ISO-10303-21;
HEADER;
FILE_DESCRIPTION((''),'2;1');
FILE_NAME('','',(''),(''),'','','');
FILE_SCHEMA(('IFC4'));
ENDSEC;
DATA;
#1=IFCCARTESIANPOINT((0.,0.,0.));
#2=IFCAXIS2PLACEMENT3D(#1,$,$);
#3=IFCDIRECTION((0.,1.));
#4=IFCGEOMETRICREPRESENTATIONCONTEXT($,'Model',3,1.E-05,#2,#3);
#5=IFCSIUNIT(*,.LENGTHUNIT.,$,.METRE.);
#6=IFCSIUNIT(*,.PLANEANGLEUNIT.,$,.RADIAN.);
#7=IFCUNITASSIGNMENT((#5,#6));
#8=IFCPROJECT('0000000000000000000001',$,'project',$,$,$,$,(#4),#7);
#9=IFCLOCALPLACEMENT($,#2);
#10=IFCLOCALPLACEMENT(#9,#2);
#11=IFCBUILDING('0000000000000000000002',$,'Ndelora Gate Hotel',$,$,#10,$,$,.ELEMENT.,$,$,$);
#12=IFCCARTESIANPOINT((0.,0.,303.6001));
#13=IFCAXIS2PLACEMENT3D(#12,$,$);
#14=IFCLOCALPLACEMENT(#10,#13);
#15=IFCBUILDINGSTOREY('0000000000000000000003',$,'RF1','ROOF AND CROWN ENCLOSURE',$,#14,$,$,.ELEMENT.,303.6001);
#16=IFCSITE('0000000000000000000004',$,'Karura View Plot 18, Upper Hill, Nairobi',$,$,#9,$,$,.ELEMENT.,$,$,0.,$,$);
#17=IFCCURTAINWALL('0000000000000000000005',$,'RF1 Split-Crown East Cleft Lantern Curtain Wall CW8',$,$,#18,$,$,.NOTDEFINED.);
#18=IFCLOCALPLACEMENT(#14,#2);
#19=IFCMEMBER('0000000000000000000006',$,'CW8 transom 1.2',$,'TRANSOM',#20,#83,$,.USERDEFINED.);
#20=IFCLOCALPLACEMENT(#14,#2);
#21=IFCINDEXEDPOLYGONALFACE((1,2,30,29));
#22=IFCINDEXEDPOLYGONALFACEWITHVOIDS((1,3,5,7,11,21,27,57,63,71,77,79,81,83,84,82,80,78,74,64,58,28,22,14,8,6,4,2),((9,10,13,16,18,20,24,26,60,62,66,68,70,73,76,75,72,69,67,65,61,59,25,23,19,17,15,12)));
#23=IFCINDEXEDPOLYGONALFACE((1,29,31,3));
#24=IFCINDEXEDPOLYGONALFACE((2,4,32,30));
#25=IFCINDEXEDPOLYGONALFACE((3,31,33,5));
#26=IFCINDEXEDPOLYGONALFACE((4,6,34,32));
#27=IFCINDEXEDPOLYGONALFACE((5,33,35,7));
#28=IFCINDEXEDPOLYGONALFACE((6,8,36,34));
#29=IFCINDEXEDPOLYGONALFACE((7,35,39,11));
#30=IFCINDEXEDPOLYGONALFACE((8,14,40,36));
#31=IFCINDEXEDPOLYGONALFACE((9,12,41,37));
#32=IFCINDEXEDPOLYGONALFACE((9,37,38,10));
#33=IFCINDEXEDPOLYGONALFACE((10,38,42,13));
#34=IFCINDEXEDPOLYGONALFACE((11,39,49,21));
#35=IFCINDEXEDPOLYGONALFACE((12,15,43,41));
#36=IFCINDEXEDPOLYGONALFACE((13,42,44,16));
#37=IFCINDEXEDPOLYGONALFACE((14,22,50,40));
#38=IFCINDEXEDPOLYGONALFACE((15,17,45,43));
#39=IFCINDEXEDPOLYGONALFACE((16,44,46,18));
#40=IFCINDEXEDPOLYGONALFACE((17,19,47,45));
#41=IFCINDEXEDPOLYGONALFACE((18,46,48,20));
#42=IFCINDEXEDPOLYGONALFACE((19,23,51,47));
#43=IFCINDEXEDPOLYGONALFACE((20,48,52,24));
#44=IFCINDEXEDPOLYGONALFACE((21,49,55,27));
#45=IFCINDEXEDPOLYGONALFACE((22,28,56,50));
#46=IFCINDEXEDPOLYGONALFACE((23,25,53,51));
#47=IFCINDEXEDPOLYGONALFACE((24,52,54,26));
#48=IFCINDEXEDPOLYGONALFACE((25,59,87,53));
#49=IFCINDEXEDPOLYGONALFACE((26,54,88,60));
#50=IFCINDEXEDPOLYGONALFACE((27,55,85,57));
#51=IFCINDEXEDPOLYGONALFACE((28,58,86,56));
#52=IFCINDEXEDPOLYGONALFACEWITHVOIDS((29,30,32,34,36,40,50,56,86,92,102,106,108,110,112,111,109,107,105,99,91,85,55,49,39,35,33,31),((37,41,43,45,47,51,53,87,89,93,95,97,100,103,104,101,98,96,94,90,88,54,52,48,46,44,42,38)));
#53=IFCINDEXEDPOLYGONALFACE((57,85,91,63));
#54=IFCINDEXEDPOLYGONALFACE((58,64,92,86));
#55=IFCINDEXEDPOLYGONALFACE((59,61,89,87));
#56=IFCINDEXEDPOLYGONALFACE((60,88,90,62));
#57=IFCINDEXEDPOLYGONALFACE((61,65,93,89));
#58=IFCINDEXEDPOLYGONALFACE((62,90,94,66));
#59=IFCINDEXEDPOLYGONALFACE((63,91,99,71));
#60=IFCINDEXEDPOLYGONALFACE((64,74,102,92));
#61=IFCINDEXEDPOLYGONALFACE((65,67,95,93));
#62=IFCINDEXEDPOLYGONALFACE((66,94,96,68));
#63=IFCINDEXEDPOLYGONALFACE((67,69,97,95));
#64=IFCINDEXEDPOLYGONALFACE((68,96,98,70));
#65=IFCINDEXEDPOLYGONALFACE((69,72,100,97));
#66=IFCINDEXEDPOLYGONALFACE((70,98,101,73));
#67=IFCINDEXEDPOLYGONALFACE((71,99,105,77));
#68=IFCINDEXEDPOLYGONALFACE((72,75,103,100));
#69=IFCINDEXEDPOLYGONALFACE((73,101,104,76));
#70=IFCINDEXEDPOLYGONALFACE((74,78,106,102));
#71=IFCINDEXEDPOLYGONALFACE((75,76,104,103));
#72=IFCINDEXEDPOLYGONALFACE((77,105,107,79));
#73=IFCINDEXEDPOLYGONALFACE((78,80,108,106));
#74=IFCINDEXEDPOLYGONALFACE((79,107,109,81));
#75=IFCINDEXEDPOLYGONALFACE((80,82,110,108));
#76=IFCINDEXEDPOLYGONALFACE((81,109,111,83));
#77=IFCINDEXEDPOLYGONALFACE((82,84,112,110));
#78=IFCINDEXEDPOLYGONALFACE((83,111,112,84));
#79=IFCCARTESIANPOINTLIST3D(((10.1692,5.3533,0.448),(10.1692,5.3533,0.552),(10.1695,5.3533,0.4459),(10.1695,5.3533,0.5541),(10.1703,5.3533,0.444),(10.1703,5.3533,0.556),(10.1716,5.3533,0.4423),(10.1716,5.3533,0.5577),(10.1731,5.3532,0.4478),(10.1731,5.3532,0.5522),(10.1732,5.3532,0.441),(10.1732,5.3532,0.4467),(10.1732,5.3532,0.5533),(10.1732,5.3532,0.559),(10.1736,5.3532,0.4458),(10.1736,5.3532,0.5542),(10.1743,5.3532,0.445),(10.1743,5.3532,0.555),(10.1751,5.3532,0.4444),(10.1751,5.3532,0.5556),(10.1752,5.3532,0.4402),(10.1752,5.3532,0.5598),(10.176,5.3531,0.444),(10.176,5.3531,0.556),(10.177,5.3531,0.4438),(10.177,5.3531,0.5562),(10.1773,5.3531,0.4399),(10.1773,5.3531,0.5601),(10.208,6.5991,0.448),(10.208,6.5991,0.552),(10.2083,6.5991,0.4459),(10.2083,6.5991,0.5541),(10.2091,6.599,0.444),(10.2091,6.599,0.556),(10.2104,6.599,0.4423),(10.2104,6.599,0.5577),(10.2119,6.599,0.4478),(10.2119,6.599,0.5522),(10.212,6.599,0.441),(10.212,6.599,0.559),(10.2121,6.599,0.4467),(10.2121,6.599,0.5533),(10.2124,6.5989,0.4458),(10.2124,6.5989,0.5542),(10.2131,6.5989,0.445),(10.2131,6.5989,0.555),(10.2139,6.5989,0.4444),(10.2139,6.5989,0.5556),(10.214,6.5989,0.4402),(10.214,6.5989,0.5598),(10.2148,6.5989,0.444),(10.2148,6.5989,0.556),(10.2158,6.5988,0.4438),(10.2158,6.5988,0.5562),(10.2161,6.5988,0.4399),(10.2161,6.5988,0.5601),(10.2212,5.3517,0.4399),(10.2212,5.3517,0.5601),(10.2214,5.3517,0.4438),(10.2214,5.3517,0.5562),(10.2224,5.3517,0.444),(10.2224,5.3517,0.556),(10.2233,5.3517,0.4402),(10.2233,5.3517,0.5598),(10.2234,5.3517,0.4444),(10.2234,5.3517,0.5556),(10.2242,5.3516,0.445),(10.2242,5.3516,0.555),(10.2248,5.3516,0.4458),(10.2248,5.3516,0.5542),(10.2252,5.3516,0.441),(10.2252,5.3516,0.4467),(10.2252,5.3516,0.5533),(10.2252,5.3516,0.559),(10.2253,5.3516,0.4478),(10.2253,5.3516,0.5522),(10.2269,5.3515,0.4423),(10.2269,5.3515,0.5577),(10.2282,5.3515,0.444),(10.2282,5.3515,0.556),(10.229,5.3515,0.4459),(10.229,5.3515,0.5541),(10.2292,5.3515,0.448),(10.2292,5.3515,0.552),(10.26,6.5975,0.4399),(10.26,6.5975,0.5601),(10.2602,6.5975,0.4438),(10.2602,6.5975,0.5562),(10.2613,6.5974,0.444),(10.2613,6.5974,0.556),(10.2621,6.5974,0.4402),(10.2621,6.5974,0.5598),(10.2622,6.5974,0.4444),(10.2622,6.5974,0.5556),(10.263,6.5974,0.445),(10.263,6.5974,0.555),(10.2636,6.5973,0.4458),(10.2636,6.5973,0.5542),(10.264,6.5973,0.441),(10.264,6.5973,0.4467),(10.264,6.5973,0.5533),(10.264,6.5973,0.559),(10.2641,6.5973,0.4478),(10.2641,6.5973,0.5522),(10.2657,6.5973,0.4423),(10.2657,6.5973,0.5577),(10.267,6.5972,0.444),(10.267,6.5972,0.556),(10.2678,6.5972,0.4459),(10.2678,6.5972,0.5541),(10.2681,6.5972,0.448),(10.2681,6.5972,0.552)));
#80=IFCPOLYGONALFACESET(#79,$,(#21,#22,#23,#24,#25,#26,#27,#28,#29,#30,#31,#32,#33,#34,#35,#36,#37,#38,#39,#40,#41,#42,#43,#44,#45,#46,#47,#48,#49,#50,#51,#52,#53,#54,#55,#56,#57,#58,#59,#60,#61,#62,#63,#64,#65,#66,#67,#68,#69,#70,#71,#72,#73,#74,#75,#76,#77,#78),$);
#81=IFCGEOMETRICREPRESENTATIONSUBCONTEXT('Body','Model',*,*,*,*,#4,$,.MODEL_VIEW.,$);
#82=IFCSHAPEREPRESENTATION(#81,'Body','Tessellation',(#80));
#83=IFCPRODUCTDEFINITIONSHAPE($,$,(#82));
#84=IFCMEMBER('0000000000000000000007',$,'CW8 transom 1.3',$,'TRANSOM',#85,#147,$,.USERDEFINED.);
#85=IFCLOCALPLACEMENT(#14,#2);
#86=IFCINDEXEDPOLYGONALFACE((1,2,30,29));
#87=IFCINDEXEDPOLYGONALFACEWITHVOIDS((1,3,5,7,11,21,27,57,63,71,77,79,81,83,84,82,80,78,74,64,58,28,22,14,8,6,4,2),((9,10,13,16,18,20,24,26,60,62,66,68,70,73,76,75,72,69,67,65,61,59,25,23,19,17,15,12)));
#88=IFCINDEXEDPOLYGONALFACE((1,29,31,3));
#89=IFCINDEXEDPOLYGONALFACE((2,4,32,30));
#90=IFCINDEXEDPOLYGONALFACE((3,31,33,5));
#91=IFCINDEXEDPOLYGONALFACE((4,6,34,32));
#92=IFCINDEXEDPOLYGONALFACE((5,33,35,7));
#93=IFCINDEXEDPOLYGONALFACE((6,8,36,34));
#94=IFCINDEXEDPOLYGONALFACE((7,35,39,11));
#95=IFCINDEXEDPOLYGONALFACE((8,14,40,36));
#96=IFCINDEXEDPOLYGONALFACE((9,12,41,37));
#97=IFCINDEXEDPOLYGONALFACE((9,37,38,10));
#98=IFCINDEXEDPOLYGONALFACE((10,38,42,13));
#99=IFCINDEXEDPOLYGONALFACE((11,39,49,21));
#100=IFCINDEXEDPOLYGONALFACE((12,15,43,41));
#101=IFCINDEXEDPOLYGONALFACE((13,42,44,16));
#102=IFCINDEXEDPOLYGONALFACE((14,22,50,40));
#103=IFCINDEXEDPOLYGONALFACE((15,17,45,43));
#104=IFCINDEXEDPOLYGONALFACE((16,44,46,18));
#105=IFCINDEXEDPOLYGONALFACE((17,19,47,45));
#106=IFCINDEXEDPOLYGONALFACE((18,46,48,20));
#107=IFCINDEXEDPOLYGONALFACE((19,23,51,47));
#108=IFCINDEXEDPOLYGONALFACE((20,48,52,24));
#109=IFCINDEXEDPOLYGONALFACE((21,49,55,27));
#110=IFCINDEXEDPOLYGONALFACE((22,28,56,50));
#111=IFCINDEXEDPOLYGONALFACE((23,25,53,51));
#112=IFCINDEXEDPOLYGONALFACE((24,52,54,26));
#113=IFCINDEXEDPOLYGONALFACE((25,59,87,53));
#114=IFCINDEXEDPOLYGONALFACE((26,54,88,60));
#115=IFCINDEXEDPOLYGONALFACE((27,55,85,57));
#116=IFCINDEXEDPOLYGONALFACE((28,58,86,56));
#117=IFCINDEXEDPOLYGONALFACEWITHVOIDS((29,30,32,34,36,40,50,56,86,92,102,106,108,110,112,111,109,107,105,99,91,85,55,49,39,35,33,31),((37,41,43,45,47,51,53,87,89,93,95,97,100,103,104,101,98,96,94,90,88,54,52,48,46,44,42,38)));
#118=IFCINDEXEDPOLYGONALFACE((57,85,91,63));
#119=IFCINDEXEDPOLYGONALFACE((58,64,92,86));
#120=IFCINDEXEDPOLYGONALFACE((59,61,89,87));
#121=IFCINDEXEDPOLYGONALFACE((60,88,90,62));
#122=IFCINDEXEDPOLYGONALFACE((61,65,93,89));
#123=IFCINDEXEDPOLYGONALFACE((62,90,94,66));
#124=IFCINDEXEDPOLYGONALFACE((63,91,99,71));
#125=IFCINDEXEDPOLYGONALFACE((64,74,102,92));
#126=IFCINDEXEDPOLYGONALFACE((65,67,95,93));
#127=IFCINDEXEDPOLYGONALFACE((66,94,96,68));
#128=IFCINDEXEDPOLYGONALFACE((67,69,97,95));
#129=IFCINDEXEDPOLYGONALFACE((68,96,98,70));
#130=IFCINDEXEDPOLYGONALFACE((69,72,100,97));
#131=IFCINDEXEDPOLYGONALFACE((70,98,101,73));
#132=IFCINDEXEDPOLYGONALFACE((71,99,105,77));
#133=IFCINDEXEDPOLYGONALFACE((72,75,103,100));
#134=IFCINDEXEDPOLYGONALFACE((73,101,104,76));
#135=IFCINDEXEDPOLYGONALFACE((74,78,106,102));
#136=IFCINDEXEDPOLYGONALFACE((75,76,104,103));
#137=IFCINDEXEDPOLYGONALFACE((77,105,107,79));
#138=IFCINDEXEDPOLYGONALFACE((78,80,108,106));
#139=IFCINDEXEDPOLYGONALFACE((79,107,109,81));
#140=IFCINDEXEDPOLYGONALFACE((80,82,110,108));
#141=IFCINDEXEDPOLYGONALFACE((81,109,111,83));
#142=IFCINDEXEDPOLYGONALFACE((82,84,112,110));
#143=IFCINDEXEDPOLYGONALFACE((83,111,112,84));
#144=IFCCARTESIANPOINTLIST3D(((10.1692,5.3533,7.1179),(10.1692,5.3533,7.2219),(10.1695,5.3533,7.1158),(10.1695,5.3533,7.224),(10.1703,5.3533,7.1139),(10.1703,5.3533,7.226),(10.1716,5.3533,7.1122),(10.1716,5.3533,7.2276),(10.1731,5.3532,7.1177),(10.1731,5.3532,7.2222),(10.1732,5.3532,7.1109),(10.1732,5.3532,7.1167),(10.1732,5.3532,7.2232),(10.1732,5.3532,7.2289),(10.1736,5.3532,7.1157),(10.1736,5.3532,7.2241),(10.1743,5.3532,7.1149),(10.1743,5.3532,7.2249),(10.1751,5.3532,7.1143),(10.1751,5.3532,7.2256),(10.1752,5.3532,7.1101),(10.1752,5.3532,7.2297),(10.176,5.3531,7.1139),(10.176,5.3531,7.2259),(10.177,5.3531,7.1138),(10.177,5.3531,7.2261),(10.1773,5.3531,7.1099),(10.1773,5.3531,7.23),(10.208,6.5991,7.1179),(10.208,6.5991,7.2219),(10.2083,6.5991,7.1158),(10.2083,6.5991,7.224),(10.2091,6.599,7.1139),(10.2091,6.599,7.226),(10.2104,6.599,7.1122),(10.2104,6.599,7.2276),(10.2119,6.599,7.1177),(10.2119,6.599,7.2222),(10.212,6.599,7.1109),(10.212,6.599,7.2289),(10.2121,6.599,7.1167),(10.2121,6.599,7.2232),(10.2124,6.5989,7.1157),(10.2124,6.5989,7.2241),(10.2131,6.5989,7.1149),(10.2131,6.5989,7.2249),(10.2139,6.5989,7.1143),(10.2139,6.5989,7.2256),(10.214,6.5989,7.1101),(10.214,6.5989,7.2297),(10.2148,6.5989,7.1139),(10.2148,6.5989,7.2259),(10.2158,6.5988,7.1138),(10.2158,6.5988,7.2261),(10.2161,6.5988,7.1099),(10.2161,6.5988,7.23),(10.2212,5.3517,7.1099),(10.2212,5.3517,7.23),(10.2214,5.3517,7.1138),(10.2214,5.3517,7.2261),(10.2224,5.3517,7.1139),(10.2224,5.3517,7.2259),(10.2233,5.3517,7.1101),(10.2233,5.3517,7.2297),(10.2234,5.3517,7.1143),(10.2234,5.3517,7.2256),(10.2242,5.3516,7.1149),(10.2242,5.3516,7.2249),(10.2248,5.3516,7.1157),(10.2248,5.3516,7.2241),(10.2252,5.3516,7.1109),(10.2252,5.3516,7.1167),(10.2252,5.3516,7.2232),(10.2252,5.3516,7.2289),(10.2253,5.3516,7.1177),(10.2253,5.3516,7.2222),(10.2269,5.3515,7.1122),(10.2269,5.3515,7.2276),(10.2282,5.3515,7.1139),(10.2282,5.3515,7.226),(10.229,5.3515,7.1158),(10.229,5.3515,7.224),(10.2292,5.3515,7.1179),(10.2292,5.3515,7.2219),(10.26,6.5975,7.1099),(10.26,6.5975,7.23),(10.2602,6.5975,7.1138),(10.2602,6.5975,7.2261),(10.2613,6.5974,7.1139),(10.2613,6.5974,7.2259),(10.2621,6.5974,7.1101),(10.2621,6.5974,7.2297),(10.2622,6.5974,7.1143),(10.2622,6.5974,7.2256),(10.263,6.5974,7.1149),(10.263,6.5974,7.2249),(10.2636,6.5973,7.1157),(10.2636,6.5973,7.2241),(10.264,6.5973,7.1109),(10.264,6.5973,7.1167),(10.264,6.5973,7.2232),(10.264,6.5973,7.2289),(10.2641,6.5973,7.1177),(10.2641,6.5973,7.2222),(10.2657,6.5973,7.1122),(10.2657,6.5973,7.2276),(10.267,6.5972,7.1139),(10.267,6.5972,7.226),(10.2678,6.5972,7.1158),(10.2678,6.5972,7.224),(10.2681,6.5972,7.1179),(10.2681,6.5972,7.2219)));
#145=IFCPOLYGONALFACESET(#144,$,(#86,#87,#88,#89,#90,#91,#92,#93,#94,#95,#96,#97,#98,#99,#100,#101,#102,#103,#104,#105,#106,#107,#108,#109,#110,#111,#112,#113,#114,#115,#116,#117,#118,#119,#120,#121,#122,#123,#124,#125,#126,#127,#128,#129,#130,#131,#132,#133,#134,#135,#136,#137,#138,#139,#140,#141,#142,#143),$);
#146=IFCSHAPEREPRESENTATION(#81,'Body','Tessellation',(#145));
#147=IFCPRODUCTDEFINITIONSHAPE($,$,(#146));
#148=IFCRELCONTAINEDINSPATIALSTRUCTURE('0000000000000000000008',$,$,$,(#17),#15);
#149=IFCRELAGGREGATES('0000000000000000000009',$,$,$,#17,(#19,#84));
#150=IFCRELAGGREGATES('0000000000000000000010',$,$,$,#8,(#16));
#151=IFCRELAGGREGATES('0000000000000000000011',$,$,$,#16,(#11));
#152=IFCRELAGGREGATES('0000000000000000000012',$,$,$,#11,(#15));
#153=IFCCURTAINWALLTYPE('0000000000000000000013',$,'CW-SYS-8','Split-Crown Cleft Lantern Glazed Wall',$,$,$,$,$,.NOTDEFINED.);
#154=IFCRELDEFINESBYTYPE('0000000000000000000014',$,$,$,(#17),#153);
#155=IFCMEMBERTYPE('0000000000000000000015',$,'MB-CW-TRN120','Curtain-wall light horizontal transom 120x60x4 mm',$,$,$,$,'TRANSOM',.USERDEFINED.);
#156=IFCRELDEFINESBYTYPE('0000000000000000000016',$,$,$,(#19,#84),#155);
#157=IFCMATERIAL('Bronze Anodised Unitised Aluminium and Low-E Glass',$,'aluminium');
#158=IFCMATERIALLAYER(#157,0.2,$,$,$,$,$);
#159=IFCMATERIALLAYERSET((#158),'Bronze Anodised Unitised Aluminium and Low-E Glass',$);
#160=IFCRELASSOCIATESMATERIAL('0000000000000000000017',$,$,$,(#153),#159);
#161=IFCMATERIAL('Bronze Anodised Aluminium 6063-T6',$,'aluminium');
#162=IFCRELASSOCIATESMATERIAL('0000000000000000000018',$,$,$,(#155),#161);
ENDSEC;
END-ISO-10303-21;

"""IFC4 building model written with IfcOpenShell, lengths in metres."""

from ifc_helpers import new_model, si_unit, direction, frame, origin, origin_2d, place, context, subcontext, project, spatial, hollow_rectangle, extrude, material, layer, layer_set, material_profile, profile_set, type_object, element, aggregate, save


model = new_model("IFC4")

# Units and contexts
model_context = context("Model", 3, precision=1e-05, world=origin(), true_north=direction((0.0, 1.0)))
body_context = subcontext(model_context, "Body", "Model", "MODEL_VIEW")
ifc_project = project(units=[si_unit("LENGTHUNIT", "METRE"), si_unit("PLANEANGLEUNIT", "RADIAN")], contexts=[model_context])

# Site, building, storey
site_placement = place(None, origin())
site = spatial("IfcSite", under=ifc_project, at=site_placement, Name="Karura View Plot 18, Upper Hill, Nairobi", CompositionType="ELEMENT", RefElevation=0.0)
building_placement = place(site_placement, origin())
building = spatial("IfcBuilding", under=site, at=building_placement, Name="Ndelora Gate Hotel", CompositionType="ELEMENT")
storey_placement = place(building_placement, frame((0.0, 0.0, 303.6001)))
storey = spatial("IfcBuildingStorey", under=building, at=storey_placement, Name="RF1", Description="ROOF AND CROWN ENCLOSURE", CompositionType="ELEMENT", Elevation=303.6001)

# Curtain wall
ifc_material_1 = material(Name="Bronze Anodised Unitised Aluminium and Low-E Glass", Category="aluminium")
ifc_layer_1 = layer(ifc_material_1, 0.2)
ifc_layer_set_1 = layer_set([ifc_layer_1], Name="Bronze Anodised Unitised Aluminium and Low-E Glass")
curtain_wall_type = type_object("IfcCurtainWallType", Name="CW-SYS-8", Description="Split-Crown Cleft Lantern Glazed Wall", PredefinedType="NOTDEFINED", material=ifc_layer_set_1)
ifc_material_2 = material(Name="Bronze Anodised Aluminium 6063-T6", Category="aluminium")
curtain_wall_1_placement = place(storey_placement, origin())
curtain_wall_1 = element("IfcCurtainWall", 1, at=curtain_wall_1_placement, inside=storey, type_object=curtain_wall_type, Name="RF1 Split-Crown East Cleft Lantern Curtain Wall CW8", PredefinedType="NOTDEFINED")

# Members
ifc_material_profile_1 = material_profile(ifc_material_2, hollow_rectangle(XDim=0.0601, YDim=0.1201, WallThickness=0.0039, InnerFilletRadius=0.0039, OuterFilletRadius=0.0081, at=origin_2d()), Name="ALU 120x60x4")
ifc_profile_set_1 = profile_set([ifc_material_profile_1], Name="Bronze Anodised Aluminium 6063-T6")
member_type_1 = type_object("IfcMemberType", Name="MB-CW-TRN120", Description="Curtain-wall light horizontal transom 120x60x4 mm", ElementType="TRANSOM", PredefinedType="USERDEFINED", material=ifc_profile_set_1)
member_1_placement = place(storey_placement, frame((10.238, 6.5981, 0.5), z_axis=(-0.031143, -0.999515, 0.0), x_axis=(0.999515, -0.031143, 0.0)))
member_1 = element("IfcMember", 2, at=member_1_placement, type_object=member_type_1, Name="CW8 transom 1.2", ObjectType="TRANSOM", PredefinedType="USERDEFINED", context=body_context, shape_type="SweptSolid", body=[
    extrude(hollow_rectangle(XDim=0.0601, YDim=0.1201, WallThickness=0.0039, InnerFilletRadius=0.0039, OuterFilletRadius=0.0081, at=origin_2d()), origin(), (0.0, 0.0, 1.0), 1.2463),
])
member_2_placement = place(storey_placement, frame((10.238, 6.5981, 7.1699), z_axis=(-0.031143, -0.999515, 0.0), x_axis=(0.999515, -0.031143, 0.0)))
member_2 = element("IfcMember", 3, at=member_2_placement, type_object=member_type_1, Name="CW8 transom 1.3", ObjectType="TRANSOM", PredefinedType="USERDEFINED", context=body_context, shape_type="SweptSolid", body=[
    extrude(hollow_rectangle(XDim=0.0601, YDim=0.1201, WallThickness=0.0039, InnerFilletRadius=0.0039, OuterFilletRadius=0.0081, at=origin_2d()), origin(), (0.0, 0.0, 1.0), 1.2463),
])

aggregate(curtain_wall_1, [member_1, member_2])

save(model, "model.ifc")
